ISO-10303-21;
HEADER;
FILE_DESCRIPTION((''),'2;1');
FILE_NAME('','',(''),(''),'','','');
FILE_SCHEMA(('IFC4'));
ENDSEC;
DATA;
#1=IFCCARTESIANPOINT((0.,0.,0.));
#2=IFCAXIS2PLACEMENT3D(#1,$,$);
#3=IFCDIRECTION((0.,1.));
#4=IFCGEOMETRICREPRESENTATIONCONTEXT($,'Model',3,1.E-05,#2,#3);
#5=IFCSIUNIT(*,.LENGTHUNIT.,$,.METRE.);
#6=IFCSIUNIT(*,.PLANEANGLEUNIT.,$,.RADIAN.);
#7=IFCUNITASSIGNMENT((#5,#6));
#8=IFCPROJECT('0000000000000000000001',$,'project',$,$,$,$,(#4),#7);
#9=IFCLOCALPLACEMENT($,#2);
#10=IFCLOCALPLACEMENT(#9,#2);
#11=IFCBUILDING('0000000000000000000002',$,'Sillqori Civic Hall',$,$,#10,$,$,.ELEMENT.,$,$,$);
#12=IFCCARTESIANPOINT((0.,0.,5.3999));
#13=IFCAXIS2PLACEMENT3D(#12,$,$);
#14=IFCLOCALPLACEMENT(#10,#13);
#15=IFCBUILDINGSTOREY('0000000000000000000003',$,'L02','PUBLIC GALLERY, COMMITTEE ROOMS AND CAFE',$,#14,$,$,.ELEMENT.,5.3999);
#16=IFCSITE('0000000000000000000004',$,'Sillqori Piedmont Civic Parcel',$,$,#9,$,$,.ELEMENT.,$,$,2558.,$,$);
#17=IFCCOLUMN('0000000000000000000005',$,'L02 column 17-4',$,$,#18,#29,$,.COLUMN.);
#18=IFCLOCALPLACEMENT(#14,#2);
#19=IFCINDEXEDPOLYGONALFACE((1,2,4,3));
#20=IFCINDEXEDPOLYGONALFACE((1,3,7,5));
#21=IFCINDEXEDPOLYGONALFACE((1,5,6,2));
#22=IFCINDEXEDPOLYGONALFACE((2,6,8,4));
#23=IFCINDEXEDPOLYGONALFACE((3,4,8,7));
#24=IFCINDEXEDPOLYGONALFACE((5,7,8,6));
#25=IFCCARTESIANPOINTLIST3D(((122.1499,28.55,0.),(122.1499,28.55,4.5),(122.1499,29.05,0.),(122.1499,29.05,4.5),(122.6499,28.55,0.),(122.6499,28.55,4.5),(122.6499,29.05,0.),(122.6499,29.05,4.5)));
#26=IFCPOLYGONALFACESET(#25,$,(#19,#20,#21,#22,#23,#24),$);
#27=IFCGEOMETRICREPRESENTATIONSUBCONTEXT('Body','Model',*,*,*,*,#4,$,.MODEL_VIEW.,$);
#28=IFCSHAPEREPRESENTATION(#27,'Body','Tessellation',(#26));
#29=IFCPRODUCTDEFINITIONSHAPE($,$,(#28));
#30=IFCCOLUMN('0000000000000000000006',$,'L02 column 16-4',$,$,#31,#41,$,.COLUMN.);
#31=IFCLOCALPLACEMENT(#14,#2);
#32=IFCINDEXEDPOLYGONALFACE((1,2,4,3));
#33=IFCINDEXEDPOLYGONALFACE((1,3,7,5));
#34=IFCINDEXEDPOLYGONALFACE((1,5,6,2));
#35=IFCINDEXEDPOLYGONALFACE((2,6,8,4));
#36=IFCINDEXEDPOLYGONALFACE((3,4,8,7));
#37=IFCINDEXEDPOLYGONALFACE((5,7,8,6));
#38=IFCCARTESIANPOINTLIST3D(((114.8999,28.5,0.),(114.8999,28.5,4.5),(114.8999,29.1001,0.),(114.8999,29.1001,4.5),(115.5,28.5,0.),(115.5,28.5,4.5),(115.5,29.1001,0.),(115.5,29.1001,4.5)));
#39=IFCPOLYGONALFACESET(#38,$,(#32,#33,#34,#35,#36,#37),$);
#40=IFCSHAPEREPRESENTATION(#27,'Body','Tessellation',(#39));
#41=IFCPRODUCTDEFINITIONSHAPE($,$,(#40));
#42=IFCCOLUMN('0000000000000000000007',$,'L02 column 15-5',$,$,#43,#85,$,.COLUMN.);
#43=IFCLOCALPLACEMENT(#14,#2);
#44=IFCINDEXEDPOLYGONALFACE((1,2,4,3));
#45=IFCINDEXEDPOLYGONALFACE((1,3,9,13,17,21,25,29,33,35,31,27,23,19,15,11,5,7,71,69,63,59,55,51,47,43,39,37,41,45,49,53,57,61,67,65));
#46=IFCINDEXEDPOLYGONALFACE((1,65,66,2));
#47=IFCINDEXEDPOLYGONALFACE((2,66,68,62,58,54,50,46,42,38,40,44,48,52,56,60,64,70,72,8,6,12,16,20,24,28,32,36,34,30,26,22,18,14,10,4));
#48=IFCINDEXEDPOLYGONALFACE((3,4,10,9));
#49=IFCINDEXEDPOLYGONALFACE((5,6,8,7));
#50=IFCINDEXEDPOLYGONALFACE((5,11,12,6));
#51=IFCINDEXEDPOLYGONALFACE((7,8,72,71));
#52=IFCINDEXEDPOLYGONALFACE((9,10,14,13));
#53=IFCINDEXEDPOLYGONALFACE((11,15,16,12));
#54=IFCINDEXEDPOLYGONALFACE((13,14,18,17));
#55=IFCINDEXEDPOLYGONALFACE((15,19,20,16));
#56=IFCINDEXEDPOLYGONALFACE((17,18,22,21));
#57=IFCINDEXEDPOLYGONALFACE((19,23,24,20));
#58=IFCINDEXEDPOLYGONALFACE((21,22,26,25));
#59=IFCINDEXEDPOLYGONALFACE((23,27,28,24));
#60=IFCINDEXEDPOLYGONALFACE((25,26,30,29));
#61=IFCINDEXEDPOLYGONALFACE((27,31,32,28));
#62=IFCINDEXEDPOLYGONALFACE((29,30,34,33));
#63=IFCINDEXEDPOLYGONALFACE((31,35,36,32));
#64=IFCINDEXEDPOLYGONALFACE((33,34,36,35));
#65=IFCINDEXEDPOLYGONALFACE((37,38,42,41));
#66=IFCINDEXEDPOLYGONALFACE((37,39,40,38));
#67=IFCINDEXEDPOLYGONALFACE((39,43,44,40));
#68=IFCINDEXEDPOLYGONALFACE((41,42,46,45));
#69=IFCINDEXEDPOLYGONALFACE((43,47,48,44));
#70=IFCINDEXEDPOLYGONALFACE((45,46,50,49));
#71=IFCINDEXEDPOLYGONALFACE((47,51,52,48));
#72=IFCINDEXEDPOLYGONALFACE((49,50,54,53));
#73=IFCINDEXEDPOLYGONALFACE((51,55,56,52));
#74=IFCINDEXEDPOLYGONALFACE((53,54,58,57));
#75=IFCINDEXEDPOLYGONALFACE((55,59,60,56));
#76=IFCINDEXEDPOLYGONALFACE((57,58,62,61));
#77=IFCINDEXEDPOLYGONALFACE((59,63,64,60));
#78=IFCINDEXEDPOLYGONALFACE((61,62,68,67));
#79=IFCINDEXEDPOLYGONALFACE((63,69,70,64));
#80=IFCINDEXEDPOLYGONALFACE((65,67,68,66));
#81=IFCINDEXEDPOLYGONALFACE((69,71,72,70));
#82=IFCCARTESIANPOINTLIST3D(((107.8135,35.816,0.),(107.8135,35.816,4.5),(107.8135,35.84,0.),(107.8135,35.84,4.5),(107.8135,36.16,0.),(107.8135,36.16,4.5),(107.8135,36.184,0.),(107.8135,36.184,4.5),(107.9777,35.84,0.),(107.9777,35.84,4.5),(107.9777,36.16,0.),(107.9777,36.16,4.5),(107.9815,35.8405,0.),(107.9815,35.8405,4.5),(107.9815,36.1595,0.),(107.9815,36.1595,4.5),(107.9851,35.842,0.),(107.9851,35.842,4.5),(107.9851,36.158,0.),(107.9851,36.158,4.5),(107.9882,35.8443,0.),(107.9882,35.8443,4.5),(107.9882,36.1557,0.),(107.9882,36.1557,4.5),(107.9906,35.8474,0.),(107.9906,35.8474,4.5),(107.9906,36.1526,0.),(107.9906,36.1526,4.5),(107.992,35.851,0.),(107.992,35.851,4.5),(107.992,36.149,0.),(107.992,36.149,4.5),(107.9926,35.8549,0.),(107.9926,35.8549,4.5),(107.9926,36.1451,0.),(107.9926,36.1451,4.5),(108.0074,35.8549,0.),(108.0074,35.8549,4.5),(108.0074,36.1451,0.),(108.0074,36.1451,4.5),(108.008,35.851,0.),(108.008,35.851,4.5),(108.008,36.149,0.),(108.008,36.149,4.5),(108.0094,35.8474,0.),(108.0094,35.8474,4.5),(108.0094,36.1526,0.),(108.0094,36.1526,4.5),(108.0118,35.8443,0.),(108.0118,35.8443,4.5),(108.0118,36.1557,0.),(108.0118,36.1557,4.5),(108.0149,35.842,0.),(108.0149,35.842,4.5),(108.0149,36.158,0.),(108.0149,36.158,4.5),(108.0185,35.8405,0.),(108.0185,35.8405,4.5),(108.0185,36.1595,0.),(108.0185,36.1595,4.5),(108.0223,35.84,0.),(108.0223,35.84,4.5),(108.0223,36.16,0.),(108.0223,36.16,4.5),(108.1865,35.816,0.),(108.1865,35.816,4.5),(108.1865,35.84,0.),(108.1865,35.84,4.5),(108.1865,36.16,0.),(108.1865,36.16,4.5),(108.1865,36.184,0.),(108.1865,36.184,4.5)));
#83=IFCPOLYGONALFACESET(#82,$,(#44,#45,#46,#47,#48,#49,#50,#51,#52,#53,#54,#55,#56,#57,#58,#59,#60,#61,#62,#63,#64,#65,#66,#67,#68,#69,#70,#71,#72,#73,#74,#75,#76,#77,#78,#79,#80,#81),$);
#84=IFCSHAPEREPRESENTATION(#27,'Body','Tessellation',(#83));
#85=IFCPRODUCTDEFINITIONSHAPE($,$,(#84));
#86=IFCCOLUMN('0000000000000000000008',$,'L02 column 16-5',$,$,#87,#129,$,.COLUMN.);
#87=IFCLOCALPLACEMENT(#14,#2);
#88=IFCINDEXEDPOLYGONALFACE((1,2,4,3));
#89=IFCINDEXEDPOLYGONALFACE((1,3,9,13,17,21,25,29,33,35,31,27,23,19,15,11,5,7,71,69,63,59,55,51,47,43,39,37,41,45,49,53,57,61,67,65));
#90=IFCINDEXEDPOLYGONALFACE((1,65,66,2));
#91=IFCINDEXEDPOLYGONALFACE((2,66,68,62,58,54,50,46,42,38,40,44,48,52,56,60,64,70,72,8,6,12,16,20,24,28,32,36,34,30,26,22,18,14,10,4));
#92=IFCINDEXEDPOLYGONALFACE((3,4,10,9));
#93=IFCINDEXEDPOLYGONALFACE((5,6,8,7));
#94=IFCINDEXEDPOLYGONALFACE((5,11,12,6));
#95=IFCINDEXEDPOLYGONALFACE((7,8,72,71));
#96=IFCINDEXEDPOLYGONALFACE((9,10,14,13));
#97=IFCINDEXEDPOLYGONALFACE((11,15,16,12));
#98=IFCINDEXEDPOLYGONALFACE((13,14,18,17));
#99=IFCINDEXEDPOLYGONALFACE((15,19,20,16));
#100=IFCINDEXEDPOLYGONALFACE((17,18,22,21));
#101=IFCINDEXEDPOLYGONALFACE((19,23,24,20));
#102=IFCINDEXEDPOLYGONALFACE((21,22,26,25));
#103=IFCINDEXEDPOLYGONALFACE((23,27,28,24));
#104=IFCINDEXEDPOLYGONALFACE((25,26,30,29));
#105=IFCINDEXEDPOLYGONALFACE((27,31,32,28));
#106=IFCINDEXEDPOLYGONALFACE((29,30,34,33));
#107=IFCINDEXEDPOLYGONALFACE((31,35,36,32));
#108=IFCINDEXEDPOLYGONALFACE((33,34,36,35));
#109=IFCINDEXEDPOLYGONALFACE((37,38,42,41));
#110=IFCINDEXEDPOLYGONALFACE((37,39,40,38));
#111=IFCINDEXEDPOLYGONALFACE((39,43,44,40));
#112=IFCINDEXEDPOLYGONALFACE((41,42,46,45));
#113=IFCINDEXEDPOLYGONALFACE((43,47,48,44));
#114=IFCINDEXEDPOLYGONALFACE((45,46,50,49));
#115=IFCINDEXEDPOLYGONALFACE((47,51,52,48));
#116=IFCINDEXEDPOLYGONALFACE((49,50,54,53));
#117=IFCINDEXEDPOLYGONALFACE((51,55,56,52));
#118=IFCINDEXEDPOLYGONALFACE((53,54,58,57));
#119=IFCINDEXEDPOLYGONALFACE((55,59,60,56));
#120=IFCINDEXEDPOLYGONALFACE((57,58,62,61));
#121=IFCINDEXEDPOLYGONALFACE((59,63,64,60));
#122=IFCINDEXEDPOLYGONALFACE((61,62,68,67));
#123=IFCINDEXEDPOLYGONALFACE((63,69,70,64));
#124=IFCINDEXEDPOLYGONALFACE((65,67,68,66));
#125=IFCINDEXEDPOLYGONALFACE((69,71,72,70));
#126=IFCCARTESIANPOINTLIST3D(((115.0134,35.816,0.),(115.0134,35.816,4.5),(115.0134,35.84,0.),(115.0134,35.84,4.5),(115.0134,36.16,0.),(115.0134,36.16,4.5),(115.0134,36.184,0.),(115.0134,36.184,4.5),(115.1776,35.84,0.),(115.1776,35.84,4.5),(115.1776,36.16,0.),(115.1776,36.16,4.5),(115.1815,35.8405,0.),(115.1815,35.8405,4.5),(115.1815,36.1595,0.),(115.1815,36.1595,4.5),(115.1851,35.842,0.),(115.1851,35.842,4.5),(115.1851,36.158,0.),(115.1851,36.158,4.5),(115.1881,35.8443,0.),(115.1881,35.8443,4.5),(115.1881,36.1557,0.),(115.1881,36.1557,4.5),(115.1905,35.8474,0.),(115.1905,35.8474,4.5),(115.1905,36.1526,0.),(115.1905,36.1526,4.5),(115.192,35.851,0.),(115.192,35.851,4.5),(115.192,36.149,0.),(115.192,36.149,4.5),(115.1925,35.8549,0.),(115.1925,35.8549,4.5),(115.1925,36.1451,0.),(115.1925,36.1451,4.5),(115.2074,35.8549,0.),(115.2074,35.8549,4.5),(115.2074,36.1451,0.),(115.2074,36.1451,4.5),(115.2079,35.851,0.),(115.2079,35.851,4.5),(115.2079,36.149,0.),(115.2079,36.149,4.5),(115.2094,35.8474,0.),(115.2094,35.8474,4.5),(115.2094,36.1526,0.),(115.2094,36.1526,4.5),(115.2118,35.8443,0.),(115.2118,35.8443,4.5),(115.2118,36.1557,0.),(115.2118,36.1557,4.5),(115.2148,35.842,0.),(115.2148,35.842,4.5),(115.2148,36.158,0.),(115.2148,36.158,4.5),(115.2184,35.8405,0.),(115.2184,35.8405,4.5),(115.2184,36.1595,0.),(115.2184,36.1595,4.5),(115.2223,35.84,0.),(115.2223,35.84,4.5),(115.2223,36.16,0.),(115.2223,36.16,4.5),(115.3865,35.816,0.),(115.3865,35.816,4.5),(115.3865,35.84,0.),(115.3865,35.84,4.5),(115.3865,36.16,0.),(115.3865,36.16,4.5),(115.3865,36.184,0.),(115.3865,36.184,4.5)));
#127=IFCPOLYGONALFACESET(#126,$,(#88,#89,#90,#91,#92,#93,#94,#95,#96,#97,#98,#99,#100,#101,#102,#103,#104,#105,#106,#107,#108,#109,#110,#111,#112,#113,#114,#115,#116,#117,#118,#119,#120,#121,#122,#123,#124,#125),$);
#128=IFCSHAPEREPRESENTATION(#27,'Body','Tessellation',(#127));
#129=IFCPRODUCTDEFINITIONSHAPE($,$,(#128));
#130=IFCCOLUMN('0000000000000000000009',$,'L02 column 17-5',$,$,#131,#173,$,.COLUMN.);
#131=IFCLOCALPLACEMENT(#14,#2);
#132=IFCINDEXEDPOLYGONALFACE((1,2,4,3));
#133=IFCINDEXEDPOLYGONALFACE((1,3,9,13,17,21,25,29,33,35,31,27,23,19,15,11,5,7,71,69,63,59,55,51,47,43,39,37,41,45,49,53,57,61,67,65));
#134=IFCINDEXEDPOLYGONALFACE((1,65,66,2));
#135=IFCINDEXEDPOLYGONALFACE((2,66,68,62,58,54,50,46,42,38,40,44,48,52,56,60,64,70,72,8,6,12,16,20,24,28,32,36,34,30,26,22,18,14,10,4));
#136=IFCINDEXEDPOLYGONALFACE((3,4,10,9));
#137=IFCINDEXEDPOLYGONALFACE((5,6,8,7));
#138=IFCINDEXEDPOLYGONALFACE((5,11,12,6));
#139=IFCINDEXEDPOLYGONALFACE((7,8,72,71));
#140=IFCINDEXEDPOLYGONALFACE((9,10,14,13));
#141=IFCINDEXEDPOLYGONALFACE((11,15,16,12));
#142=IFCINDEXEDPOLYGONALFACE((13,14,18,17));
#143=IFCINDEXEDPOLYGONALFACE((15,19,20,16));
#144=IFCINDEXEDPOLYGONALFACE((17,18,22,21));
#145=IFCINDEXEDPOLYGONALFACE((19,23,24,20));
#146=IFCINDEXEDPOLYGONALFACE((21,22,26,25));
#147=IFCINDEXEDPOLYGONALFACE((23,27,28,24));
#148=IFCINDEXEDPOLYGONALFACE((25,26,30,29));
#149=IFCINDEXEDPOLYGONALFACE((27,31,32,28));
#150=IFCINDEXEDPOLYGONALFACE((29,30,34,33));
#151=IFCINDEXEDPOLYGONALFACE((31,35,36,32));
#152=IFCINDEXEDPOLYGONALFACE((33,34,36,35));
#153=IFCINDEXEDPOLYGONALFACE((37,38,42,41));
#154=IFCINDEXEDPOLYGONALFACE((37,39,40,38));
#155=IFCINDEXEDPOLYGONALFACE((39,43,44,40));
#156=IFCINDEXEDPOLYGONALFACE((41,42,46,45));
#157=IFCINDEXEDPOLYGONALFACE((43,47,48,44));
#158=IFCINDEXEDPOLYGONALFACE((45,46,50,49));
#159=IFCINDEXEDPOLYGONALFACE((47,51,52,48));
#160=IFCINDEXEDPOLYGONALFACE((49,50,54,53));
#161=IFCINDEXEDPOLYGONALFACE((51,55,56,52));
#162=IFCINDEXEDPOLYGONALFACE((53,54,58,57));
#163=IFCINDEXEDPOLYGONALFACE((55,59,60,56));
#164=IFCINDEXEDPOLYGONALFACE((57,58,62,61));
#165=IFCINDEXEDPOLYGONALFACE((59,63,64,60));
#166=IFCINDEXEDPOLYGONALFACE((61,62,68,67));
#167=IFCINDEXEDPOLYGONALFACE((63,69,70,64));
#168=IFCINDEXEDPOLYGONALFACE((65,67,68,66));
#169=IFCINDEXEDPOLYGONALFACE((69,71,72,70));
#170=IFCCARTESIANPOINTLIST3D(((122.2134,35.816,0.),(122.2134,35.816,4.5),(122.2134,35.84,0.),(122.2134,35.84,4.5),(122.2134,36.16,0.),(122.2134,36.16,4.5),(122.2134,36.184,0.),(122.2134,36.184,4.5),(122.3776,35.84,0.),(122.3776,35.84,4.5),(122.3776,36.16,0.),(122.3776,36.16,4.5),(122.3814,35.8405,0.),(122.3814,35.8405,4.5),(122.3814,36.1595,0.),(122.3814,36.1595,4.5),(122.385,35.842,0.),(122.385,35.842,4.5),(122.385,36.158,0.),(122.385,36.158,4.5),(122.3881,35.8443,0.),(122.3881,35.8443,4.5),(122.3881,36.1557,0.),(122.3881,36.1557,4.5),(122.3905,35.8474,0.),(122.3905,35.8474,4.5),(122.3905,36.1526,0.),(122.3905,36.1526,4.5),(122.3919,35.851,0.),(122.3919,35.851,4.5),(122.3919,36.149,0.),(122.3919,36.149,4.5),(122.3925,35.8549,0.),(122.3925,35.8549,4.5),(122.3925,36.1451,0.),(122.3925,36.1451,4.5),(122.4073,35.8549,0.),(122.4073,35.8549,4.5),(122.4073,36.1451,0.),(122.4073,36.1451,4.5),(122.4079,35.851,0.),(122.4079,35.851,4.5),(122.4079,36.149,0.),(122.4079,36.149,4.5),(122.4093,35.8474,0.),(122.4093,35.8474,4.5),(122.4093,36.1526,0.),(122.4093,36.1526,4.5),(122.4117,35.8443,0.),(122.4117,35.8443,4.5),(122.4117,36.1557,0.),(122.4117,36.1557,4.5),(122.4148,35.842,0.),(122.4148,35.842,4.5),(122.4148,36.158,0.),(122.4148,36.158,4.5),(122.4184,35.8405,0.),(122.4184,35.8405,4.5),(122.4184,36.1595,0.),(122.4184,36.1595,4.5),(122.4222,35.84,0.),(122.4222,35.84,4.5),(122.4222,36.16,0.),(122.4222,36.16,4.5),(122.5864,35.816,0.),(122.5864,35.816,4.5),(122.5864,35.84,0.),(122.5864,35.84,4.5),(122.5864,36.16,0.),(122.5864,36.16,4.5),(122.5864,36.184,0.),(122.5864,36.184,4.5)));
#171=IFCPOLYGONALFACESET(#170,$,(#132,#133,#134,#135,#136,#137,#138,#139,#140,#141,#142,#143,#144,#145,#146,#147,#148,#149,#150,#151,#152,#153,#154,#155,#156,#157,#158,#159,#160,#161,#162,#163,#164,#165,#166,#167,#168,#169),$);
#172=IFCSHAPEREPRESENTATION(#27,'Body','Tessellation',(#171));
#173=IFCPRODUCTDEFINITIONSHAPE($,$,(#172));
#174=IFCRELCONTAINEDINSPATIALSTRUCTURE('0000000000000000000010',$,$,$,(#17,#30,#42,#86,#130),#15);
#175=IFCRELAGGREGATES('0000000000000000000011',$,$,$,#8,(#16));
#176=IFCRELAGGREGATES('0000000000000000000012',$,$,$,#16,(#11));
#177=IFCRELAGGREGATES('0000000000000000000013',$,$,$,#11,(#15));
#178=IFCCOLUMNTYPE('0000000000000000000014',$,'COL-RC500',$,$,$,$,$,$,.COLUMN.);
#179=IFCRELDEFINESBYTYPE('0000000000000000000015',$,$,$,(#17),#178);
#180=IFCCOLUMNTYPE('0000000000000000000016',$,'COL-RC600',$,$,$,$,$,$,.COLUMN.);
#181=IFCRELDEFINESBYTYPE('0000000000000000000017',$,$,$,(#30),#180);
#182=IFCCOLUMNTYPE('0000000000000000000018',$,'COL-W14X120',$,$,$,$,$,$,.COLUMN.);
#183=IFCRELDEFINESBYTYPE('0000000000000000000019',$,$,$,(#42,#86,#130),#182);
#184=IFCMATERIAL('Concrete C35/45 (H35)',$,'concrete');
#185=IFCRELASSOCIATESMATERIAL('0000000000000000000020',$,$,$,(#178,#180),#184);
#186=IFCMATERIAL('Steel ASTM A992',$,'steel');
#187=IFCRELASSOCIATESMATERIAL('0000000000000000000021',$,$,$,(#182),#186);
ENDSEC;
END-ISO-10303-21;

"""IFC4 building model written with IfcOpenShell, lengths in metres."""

from ifc_helpers import new_model, si_unit, direction, frame, origin, origin_2d, place, context, subcontext, project, spatial, rectangle, i_section, extrude, material, material_profile, profile_set, type_object, element, save


model = new_model("IFC4")

# Units and contexts
model_context = context("Model", 3, precision=1e-05, world=origin(), true_north=direction((0.0, 1.0)))
body_context = subcontext(model_context, "Body", "Model", "MODEL_VIEW")
ifc_project = project(units=[si_unit("LENGTHUNIT", "METRE"), si_unit("PLANEANGLEUNIT", "RADIAN")], contexts=[model_context])

# Site, building, storey
site_placement = place(None, origin())
site = spatial("IfcSite", under=ifc_project, at=site_placement, Name="Sillqori Piedmont Civic Parcel", CompositionType="ELEMENT", RefElevation=2558.0)
building_placement = place(site_placement, origin())
building = spatial("IfcBuilding", under=site, at=building_placement, Name="Sillqori Civic Hall", CompositionType="ELEMENT")
storey_placement = place(building_placement, frame((0.0, 0.0, 5.3999)))
storey = spatial("IfcBuildingStorey", under=building, at=storey_placement, Name="L02", Description="PUBLIC GALLERY, COMMITTEE ROOMS AND CAFE", CompositionType="ELEMENT", Elevation=5.3999)

# Columns
ifc_material_1 = material(Name="Concrete C35/45 (H35)", Category="concrete")
ifc_material_profile_1 = material_profile(ifc_material_1, rectangle(XDim=0.5, YDim=0.5, at=origin_2d()), Name="RC 500x500")
ifc_profile_set_1 = profile_set([ifc_material_profile_1], Name="Concrete C35/45 (H35)")
column_type_1 = type_object("IfcColumnType", Name="COL-RC500", PredefinedType="COLUMN", material=ifc_profile_set_1)
column_1_placement = place(storey_placement, frame((122.3999, 28.8, 0.0), z_axis=(0.0, 0.0, 1.0), x_axis=(1.0, 0.0, 0.0)))
element("IfcColumn", 1, at=column_1_placement, inside=storey, type_object=column_type_1, Name="L02 column 17-4", PredefinedType="COLUMN", context=body_context, shape_type="SweptSolid", body=[
    extrude(rectangle(XDim=0.5, YDim=0.5, at=origin_2d()), origin(), (0.0, 0.0, 1.0), 4.5),
])
ifc_material_profile_2 = material_profile(ifc_material_1, rectangle(XDim=0.6001, YDim=0.6001, at=origin_2d()), Name="RC 600x600")
ifc_profile_set_2 = profile_set([ifc_material_profile_2], Name="Concrete C35/45 (H35)")
column_type_2 = type_object("IfcColumnType", Name="COL-RC600", PredefinedType="COLUMN", material=ifc_profile_set_2)
column_2_placement = place(storey_placement, frame((115.2, 28.8, 0.0), z_axis=(0.0, 0.0, 1.0), x_axis=(1.0, 0.0, 0.0)))
element("IfcColumn", 2, at=column_2_placement, inside=storey, type_object=column_type_2, Name="L02 column 16-4", PredefinedType="COLUMN", context=body_context, shape_type="SweptSolid", body=[
    extrude(rectangle(XDim=0.6001, YDim=0.6001, at=origin_2d()), origin(), (0.0, 0.0, 1.0), 4.5),
])
ifc_material_2 = material(Name="Steel ASTM A992", Category="steel")
ifc_material_profile_3 = material_profile(ifc_material_2, i_section(OverallWidth=0.373, OverallDepth=0.3679, WebThickness=0.0149, FlangeThickness=0.0239, FilletRadius=0.0149, at=origin_2d()), Name="W14X120")
ifc_profile_set_3 = profile_set([ifc_material_profile_3], Name="Steel ASTM A992")
column_type_3 = type_object("IfcColumnType", Name="COL-W14X120", PredefinedType="COLUMN", material=ifc_profile_set_3)
for number, where, z_axis, x_axis, name in (
    (3, (108.0, 36.0, 0.0), (0.0, 0.0, 1.0), (1.0, 0.0, 0.0), "L02 column 15-5"),
    (4, (115.2, 36.0, 0.0), (0.0, 0.0, 1.0), (1.0, 0.0, 0.0), "L02 column 16-5"),
    (5, (122.3999, 36.0, 0.0), (0.0, 0.0, 1.0), (1.0, 0.0, 0.0), "L02 column 17-5"),
):
    element("IfcColumn", number, at=place(storey_placement, frame(where, z_axis=z_axis, x_axis=x_axis)), inside=storey, type_object=column_type_3, Name=name, PredefinedType="COLUMN", context=body_context, shape_type="SweptSolid", body=[
        extrude(i_section(OverallWidth=0.373, OverallDepth=0.3679, WebThickness=0.0149, FlangeThickness=0.0239, FilletRadius=0.0149, at=origin_2d()), origin(), (0.0, 0.0, 1.0), 4.5),
    ])

save(model, "model.ifc")
